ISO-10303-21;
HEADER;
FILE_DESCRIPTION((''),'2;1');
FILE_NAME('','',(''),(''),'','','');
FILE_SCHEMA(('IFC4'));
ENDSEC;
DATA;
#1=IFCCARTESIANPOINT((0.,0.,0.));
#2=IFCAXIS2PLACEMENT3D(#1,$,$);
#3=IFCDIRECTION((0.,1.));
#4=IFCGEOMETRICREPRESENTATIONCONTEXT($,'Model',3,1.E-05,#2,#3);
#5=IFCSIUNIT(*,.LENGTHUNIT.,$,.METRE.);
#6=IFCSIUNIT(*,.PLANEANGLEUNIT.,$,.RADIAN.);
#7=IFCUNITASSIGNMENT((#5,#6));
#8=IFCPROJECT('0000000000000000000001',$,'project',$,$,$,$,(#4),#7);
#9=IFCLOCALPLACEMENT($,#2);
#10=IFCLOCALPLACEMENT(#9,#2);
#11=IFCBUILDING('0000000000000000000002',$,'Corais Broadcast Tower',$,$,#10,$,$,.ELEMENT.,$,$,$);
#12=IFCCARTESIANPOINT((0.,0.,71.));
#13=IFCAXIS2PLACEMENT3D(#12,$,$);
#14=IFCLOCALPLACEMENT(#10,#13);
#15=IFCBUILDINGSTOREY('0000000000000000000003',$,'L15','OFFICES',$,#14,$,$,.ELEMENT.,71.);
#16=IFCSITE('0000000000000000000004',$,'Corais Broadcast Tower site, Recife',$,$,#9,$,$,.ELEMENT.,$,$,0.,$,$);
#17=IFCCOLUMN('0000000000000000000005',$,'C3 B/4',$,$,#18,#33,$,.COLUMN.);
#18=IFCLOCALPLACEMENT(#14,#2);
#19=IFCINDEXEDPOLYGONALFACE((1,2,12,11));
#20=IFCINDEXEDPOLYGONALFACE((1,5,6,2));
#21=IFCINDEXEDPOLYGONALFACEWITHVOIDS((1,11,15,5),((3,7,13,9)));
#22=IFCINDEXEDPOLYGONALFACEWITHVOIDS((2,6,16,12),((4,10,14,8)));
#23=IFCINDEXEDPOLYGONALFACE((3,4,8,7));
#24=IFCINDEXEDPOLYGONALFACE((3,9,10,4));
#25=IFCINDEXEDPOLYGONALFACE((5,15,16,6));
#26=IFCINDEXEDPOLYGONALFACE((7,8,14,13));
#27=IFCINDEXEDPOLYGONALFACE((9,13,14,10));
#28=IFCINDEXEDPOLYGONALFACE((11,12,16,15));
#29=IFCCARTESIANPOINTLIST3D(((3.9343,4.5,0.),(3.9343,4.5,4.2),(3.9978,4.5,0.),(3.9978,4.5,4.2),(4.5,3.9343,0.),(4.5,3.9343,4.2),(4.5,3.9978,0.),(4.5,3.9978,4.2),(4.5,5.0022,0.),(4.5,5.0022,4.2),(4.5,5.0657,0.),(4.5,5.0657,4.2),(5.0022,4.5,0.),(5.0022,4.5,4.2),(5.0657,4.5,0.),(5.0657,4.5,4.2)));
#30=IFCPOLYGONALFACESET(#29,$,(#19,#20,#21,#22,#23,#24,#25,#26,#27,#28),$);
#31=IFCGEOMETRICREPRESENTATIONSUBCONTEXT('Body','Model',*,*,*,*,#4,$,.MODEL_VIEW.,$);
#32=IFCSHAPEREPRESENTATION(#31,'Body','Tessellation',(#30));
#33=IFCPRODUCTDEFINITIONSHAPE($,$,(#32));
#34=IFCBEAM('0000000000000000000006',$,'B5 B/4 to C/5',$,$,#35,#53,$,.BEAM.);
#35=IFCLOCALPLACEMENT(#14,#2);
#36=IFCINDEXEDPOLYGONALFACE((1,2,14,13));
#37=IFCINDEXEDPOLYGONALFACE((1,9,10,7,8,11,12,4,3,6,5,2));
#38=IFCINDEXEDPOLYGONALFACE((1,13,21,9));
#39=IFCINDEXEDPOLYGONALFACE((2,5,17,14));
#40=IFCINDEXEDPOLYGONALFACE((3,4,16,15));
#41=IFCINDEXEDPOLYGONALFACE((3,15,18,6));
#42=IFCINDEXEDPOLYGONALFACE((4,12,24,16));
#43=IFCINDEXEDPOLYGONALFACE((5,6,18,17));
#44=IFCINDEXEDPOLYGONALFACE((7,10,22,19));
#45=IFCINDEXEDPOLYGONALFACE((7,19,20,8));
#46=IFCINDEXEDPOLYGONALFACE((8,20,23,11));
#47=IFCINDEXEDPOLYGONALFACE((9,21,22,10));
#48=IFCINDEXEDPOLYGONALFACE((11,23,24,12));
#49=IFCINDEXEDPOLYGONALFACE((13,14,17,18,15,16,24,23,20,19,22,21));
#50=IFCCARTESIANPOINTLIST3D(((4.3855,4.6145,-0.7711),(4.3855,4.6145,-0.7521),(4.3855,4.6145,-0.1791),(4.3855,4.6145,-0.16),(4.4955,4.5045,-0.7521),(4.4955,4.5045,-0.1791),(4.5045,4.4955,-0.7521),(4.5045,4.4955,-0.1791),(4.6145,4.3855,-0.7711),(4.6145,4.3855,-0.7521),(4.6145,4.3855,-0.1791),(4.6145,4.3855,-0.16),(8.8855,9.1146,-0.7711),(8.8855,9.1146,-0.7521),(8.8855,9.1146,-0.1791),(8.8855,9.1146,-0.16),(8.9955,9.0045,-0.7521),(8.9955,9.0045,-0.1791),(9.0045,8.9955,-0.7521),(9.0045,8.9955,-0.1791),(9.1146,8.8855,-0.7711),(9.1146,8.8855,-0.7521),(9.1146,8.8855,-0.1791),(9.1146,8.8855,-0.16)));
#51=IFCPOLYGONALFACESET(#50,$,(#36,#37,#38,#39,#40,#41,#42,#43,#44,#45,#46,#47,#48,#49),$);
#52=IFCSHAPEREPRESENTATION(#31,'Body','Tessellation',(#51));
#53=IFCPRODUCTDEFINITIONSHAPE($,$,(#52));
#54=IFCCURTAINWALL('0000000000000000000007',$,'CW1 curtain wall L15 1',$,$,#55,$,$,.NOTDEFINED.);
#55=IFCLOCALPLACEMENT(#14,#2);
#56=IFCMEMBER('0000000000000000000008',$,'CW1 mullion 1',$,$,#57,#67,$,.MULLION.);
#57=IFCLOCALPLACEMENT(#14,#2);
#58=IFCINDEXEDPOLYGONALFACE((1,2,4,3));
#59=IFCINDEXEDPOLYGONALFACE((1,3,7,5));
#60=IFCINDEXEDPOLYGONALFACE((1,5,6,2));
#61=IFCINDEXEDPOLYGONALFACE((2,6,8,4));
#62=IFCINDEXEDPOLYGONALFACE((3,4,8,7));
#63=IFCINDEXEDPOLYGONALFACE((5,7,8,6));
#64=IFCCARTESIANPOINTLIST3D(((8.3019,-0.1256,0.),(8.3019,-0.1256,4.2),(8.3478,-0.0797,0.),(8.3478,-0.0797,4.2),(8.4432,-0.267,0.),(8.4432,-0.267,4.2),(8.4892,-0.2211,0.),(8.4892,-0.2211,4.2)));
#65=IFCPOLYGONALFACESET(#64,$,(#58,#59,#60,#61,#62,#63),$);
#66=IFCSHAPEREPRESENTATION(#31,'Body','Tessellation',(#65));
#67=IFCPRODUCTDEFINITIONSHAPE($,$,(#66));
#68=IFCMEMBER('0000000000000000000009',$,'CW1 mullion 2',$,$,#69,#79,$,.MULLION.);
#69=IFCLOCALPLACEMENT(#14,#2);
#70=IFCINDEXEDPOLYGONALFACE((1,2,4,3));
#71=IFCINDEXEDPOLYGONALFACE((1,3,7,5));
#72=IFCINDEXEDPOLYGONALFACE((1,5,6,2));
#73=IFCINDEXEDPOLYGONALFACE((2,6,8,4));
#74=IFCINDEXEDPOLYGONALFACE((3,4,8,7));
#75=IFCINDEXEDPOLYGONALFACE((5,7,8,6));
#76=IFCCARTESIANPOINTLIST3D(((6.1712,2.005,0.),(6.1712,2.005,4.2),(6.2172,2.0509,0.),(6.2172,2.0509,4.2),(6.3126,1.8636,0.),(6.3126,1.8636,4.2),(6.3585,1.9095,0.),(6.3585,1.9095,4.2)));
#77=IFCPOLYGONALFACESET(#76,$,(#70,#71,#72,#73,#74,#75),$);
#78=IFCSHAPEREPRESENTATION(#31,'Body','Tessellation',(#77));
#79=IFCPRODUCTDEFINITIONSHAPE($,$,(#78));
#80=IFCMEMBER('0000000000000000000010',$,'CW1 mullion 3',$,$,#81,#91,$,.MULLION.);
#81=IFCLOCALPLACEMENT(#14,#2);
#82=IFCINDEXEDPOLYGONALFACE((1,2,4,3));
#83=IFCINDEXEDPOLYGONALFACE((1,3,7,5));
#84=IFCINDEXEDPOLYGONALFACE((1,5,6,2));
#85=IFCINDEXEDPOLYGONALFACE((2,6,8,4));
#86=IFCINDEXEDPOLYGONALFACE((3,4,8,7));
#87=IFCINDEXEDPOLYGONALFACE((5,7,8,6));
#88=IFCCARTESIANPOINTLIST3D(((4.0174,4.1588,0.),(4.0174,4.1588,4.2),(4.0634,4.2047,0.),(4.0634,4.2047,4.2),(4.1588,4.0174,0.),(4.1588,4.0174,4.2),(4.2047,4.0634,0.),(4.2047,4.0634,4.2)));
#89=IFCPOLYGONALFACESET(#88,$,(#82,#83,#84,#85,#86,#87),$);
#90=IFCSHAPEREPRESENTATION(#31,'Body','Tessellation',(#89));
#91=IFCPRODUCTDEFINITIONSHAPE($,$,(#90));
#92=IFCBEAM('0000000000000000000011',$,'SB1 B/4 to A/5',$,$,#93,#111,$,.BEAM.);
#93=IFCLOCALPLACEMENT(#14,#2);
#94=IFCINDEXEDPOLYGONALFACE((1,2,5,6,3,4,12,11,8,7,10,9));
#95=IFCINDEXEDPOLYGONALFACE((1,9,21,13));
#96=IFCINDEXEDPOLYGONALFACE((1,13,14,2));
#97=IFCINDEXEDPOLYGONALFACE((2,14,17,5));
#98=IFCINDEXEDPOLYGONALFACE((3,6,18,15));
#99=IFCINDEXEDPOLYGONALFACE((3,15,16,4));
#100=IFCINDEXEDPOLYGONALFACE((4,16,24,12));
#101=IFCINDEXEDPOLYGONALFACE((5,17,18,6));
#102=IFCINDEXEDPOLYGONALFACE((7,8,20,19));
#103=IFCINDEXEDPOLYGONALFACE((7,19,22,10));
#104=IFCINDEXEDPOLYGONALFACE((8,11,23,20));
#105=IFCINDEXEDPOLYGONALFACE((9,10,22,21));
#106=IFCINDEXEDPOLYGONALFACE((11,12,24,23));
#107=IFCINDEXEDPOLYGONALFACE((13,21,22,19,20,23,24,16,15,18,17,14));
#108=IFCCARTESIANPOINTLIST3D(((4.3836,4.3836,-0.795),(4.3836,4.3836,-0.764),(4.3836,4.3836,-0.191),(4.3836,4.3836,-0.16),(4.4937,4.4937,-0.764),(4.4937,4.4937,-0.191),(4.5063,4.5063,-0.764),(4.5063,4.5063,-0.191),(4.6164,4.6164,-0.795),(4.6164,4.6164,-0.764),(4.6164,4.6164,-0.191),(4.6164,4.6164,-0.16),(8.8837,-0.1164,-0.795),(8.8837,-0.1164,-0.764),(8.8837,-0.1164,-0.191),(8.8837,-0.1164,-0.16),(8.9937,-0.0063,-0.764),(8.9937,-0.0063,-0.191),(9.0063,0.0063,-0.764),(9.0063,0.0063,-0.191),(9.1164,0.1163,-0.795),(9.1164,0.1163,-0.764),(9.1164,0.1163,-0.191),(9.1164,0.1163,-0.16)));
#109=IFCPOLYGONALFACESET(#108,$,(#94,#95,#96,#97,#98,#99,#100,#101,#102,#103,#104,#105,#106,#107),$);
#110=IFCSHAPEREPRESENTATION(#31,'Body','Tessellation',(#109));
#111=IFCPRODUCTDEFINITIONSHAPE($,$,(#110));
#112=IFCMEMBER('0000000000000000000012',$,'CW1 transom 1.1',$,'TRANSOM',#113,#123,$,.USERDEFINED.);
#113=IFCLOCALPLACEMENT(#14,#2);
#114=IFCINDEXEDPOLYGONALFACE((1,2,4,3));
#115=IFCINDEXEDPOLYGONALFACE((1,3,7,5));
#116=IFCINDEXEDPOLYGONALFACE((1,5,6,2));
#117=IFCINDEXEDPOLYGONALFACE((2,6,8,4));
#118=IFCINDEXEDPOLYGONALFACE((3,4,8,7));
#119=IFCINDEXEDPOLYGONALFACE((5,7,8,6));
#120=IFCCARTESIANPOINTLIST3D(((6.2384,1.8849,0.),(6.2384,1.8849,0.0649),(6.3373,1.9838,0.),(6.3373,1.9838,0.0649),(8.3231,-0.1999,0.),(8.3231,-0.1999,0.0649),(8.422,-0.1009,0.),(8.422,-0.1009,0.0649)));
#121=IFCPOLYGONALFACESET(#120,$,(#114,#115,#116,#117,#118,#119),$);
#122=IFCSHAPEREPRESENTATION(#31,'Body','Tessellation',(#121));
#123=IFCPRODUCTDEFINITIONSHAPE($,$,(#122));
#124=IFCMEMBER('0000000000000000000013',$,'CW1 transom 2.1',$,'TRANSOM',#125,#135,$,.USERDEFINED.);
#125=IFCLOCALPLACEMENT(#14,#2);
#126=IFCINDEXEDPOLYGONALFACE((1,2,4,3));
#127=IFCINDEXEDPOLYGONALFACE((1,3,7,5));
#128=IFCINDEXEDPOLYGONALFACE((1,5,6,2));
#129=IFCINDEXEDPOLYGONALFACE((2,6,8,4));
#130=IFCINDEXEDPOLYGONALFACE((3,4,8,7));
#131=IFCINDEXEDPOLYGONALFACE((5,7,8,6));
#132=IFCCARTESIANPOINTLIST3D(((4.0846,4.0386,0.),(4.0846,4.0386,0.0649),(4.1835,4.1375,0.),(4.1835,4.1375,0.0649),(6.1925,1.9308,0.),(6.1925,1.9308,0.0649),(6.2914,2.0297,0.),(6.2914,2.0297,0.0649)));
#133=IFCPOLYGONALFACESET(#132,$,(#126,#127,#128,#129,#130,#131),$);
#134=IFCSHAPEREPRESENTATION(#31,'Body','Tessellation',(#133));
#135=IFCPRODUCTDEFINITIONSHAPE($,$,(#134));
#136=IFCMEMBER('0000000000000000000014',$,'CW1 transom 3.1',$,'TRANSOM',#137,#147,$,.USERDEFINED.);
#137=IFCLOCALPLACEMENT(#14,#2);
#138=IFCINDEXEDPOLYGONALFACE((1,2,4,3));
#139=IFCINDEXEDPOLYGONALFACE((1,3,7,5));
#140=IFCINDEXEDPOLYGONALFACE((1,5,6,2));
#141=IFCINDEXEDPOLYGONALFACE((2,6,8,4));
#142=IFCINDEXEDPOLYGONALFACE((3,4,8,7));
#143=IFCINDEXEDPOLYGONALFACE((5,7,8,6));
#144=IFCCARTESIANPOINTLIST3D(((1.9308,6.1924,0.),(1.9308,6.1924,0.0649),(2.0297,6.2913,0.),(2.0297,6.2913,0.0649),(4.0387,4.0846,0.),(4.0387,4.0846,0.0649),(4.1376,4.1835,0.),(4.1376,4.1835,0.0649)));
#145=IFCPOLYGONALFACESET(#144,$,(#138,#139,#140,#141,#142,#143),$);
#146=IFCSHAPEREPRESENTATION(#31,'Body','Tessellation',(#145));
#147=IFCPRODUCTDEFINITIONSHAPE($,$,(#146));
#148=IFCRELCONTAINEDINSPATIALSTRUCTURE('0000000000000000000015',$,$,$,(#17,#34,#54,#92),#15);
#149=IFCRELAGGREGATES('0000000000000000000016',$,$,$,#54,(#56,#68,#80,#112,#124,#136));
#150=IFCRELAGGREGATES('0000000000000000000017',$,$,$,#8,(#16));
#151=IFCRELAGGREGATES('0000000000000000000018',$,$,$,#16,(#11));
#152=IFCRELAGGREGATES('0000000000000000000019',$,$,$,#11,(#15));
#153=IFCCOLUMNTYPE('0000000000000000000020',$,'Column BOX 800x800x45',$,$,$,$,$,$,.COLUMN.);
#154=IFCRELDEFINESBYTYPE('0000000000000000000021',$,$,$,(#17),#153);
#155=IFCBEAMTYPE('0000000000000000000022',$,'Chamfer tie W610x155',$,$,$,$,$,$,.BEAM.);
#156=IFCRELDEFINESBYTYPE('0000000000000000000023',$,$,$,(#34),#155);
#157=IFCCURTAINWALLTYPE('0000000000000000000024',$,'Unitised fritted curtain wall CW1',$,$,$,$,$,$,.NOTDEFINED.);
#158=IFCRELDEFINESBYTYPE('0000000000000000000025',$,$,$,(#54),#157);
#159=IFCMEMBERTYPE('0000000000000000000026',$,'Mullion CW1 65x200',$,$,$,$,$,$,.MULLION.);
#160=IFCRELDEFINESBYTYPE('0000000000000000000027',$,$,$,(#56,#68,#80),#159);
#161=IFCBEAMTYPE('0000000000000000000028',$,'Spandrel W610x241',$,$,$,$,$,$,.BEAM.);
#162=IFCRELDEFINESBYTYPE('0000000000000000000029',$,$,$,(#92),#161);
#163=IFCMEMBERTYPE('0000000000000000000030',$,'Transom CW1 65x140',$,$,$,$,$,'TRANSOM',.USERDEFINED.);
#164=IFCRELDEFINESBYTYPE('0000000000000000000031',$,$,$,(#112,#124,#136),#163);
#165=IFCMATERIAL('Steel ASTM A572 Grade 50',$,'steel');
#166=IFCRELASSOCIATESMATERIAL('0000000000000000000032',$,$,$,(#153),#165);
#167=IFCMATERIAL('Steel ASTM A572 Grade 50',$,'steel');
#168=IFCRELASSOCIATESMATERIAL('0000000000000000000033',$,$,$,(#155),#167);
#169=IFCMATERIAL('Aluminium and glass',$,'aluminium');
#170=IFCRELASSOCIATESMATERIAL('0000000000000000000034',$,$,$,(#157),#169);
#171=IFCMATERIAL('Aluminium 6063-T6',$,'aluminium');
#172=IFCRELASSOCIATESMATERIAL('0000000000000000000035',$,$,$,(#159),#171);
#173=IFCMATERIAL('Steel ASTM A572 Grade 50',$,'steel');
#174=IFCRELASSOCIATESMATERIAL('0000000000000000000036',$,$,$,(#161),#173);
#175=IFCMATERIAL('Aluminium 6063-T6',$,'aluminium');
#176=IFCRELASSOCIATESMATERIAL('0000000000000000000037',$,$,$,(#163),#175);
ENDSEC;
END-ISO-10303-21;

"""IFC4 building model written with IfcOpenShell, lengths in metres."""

from ifc_helpers import new_model, si_unit, direction, frame, origin, origin_2d, place, context, subcontext, project, spatial, rectangle, hollow_rectangle, i_section, extrude, material, material_profile, profile_set, type_object, element, aggregate, save


model = new_model("IFC4")

# Units and contexts
model_context = context("Model", 3, precision=1e-05, world=origin(), true_north=direction((0.0, 1.0)))
body_context = subcontext(model_context, "Body", "Model", "MODEL_VIEW")
ifc_project = project(units=[si_unit("LENGTHUNIT", "METRE"), si_unit("PLANEANGLEUNIT", "RADIAN")], contexts=[model_context])

# Site, building, storey
site_placement = place(None, origin())
site = spatial("IfcSite", under=ifc_project, at=site_placement, Name="Corais Broadcast Tower site, Recife", CompositionType="ELEMENT", RefElevation=0.0)
building_placement = place(site_placement, origin())
building = spatial("IfcBuilding", under=site, at=building_placement, Name="Corais Broadcast Tower", CompositionType="ELEMENT")
storey_placement = place(building_placement, frame((0.0, 0.0, 71.0)))
storey = spatial("IfcBuildingStorey", under=building, at=storey_placement, Name="L15", Description="OFFICES", CompositionType="ELEMENT", Elevation=71.0)

# Column
ifc_material_1 = material(Name="Steel ASTM A572 Grade 50", Category="steel")
ifc_material_profile_1 = material_profile(ifc_material_1, hollow_rectangle(XDim=0.8, YDim=0.8, WallThickness=0.0449, at=origin_2d()), Name="BOX 800x800x45")
ifc_profile_set_1 = profile_set([ifc_material_profile_1], Name="Steel ASTM A572 Grade 50")
column_type = type_object("IfcColumnType", Name="Column BOX 800x800x45", PredefinedType="COLUMN", material=ifc_profile_set_1)
column_placement = place(storey_placement, frame((4.5, 4.5, 0.0), z_axis=(0.0, 0.0, 1.0), x_axis=(0.707107, 0.707107, 0.0)))
element("IfcColumn", 1, at=column_placement, inside=storey, type_object=column_type, Name="C3 B/4", PredefinedType="COLUMN", context=body_context, shape_type="SweptSolid", body=[
    extrude(hollow_rectangle(XDim=0.8, YDim=0.8, WallThickness=0.0449, at=origin_2d()), origin(), (0.0, 0.0, 1.0), 4.2),
])

# Beam
ifc_material_2 = material(Name="Steel ASTM A572 Grade 50", Category="steel")
ifc_material_profile_2 = material_profile(ifc_material_2, i_section(OverallWidth=0.324, OverallDepth=0.6111, WebThickness=0.0127, FlangeThickness=0.019, at=origin_2d()), Name="W610x155")
ifc_profile_set_2 = profile_set([ifc_material_profile_2], Name="Steel ASTM A572 Grade 50")
beam_type_1 = type_object("IfcBeamType", Name="Chamfer tie W610x155", PredefinedType="BEAM", material=ifc_profile_set_2)
beam_1_placement = place(storey_placement, frame((4.5, 4.5, -0.4656), z_axis=(0.707107, 0.707107, 0.0), x_axis=(-0.707107, 0.707107, 0.0)))
element("IfcBeam", 2, at=beam_1_placement, inside=storey, type_object=beam_type_1, Name="B5 B/4 to C/5", PredefinedType="BEAM", context=body_context, shape_type="SweptSolid", body=[
    extrude(i_section(OverallWidth=0.324, OverallDepth=0.6111, WebThickness=0.0127, FlangeThickness=0.019, at=origin_2d()), origin(), (0.0, 0.0, 1.0), 6.364),
])

# Curtain wall, members
ifc_material_3 = material(Name="Aluminium and glass", Category="aluminium")
curtain_wall_type = type_object("IfcCurtainWallType", Name="Unitised fritted curtain wall CW1", PredefinedType="NOTDEFINED", material=ifc_material_3)
curtain_wall_placement = place(storey_placement, origin())
curtain_wall = element("IfcCurtainWall", 3, at=curtain_wall_placement, inside=storey, type_object=curtain_wall_type, Name="CW1 curtain wall L15 1", PredefinedType="NOTDEFINED")
ifc_material_4 = material(Name="Aluminium 6063-T6", Category="aluminium")
ifc_material_profile_3 = material_profile(ifc_material_4, rectangle(XDim=0.0649, YDim=0.2, at=origin_2d()), Name="Mullion CW1 65x200")
ifc_profile_set_3 = profile_set([ifc_material_profile_3], Name="Aluminium 6063-T6")
member_type_1 = type_object("IfcMemberType", Name="Mullion CW1 65x200", PredefinedType="MULLION", material=ifc_profile_set_3)
member_1_placement = place(storey_placement, frame((8.3955, -0.1733, 0.0), z_axis=(0.0, 0.0, 1.0), x_axis=(-0.707107, -0.707107, 0.0)))
member_1 = element("IfcMember", 4, at=member_1_placement, type_object=member_type_1, Name="CW1 mullion 1", PredefinedType="MULLION", context=body_context, shape_type="SweptSolid", body=[
    extrude(rectangle(XDim=0.0649, YDim=0.2, at=origin_2d()), origin(), (0.0, 0.0, 1.0), 4.2),
])
member_2_placement = place(storey_placement, frame((6.2649, 1.9573, 0.0), z_axis=(0.0, 0.0, 1.0), x_axis=(-0.707107, -0.707107, 0.0)))
member_2 = element("IfcMember", 5, at=member_2_placement, type_object=member_type_1, Name="CW1 mullion 2", PredefinedType="MULLION", context=body_context, shape_type="SweptSolid", body=[
    extrude(rectangle(XDim=0.0649, YDim=0.2, at=origin_2d()), origin(), (0.0, 0.0, 1.0), 4.2),
])
member_3_placement = place(storey_placement, frame((4.1111, 4.1111, 0.0), z_axis=(0.0, 0.0, 1.0), x_axis=(-0.707107, -0.707107, 0.0)))
member_3 = element("IfcMember", 6, at=member_3_placement, type_object=member_type_1, Name="CW1 mullion 3", PredefinedType="MULLION", context=body_context, shape_type="SweptSolid", body=[
    extrude(rectangle(XDim=0.0649, YDim=0.2, at=origin_2d()), origin(), (0.0, 0.0, 1.0), 4.2),
])

# Beam
ifc_material_5 = material(Name="Steel ASTM A572 Grade 50", Category="steel")
ifc_material_profile_4 = material_profile(ifc_material_5, i_section(OverallWidth=0.3291, OverallDepth=0.635, WebThickness=0.0178, FlangeThickness=0.031, at=origin_2d()), Name="W610x241")
ifc_profile_set_4 = profile_set([ifc_material_profile_4], Name="Steel ASTM A572 Grade 50")
beam_type_2 = type_object("IfcBeamType", Name="Spandrel W610x241", PredefinedType="BEAM", material=ifc_profile_set_4)
beam_2_placement = place(storey_placement, frame((4.5, 4.5, -0.4775), z_axis=(0.707107, -0.707107, 0.0), x_axis=(0.707107, 0.707107, 0.0)))
element("IfcBeam", 7, at=beam_2_placement, inside=storey, type_object=beam_type_2, Name="SB1 B/4 to A/5", PredefinedType="BEAM", context=body_context, shape_type="SweptSolid", body=[
    extrude(i_section(OverallWidth=0.3291, OverallDepth=0.635, WebThickness=0.0178, FlangeThickness=0.031, at=origin_2d()), origin(), (0.0, 0.0, 1.0), 6.364),
])

# Members
ifc_material_6 = material(Name="Aluminium 6063-T6", Category="aluminium")
ifc_material_profile_5 = material_profile(ifc_material_6, rectangle(XDim=0.1399, YDim=0.0649, at=origin_2d()), Name="Transom CW1 65x140")
ifc_profile_set_5 = profile_set([ifc_material_profile_5], Name="Aluminium 6063-T6")
member_type_2 = type_object("IfcMemberType", Name="Transom CW1 65x140", ElementType="TRANSOM", PredefinedType="USERDEFINED", material=ifc_profile_set_5)
member_4_placement = place(storey_placement, frame((8.3726, -0.1504, 0.0325), z_axis=(-0.707107, 0.707107, 0.0), x_axis=(-0.707107, -0.707107, 0.0)))
member_4 = element("IfcMember", 8, at=member_4_placement, type_object=member_type_2, Name="CW1 transom 1.1", ObjectType="TRANSOM", PredefinedType="USERDEFINED", context=body_context, shape_type="SweptSolid", body=[
    extrude(rectangle(XDim=0.1399, YDim=0.0649, at=origin_2d()), origin(), (0.0, 0.0, 1.0), 2.9482),
])
member_5_placement = place(storey_placement, frame((6.2419, 1.9802, 0.0325), z_axis=(-0.707107, 0.707107, 0.0), x_axis=(-0.707107, -0.707107, 0.0)))
member_5 = element("IfcMember", 9, at=member_5_placement, type_object=member_type_2, Name="CW1 transom 2.1", ObjectType="TRANSOM", PredefinedType="USERDEFINED", context=body_context, shape_type="SweptSolid", body=[
    extrude(rectangle(XDim=0.1399, YDim=0.0649, at=origin_2d()), origin(), (0.0, 0.0, 1.0), 2.981),
])
member_6_placement = place(storey_placement, frame((4.0881, 4.134, 0.0325), z_axis=(-0.707107, 0.707107, 0.0), x_axis=(-0.707107, -0.707107, 0.0)))
member_6 = element("IfcMember", 10, at=member_6_placement, type_object=member_type_2, Name="CW1 transom 3.1", ObjectType="TRANSOM", PredefinedType="USERDEFINED", context=body_context, shape_type="SweptSolid", body=[
    extrude(rectangle(XDim=0.1399, YDim=0.0649, at=origin_2d()), origin(), (0.0, 0.0, 1.0), 2.981),
])

aggregate(curtain_wall, [member_1, member_2, member_3, member_4, member_5, member_6])

save(model, "model.ifc")
